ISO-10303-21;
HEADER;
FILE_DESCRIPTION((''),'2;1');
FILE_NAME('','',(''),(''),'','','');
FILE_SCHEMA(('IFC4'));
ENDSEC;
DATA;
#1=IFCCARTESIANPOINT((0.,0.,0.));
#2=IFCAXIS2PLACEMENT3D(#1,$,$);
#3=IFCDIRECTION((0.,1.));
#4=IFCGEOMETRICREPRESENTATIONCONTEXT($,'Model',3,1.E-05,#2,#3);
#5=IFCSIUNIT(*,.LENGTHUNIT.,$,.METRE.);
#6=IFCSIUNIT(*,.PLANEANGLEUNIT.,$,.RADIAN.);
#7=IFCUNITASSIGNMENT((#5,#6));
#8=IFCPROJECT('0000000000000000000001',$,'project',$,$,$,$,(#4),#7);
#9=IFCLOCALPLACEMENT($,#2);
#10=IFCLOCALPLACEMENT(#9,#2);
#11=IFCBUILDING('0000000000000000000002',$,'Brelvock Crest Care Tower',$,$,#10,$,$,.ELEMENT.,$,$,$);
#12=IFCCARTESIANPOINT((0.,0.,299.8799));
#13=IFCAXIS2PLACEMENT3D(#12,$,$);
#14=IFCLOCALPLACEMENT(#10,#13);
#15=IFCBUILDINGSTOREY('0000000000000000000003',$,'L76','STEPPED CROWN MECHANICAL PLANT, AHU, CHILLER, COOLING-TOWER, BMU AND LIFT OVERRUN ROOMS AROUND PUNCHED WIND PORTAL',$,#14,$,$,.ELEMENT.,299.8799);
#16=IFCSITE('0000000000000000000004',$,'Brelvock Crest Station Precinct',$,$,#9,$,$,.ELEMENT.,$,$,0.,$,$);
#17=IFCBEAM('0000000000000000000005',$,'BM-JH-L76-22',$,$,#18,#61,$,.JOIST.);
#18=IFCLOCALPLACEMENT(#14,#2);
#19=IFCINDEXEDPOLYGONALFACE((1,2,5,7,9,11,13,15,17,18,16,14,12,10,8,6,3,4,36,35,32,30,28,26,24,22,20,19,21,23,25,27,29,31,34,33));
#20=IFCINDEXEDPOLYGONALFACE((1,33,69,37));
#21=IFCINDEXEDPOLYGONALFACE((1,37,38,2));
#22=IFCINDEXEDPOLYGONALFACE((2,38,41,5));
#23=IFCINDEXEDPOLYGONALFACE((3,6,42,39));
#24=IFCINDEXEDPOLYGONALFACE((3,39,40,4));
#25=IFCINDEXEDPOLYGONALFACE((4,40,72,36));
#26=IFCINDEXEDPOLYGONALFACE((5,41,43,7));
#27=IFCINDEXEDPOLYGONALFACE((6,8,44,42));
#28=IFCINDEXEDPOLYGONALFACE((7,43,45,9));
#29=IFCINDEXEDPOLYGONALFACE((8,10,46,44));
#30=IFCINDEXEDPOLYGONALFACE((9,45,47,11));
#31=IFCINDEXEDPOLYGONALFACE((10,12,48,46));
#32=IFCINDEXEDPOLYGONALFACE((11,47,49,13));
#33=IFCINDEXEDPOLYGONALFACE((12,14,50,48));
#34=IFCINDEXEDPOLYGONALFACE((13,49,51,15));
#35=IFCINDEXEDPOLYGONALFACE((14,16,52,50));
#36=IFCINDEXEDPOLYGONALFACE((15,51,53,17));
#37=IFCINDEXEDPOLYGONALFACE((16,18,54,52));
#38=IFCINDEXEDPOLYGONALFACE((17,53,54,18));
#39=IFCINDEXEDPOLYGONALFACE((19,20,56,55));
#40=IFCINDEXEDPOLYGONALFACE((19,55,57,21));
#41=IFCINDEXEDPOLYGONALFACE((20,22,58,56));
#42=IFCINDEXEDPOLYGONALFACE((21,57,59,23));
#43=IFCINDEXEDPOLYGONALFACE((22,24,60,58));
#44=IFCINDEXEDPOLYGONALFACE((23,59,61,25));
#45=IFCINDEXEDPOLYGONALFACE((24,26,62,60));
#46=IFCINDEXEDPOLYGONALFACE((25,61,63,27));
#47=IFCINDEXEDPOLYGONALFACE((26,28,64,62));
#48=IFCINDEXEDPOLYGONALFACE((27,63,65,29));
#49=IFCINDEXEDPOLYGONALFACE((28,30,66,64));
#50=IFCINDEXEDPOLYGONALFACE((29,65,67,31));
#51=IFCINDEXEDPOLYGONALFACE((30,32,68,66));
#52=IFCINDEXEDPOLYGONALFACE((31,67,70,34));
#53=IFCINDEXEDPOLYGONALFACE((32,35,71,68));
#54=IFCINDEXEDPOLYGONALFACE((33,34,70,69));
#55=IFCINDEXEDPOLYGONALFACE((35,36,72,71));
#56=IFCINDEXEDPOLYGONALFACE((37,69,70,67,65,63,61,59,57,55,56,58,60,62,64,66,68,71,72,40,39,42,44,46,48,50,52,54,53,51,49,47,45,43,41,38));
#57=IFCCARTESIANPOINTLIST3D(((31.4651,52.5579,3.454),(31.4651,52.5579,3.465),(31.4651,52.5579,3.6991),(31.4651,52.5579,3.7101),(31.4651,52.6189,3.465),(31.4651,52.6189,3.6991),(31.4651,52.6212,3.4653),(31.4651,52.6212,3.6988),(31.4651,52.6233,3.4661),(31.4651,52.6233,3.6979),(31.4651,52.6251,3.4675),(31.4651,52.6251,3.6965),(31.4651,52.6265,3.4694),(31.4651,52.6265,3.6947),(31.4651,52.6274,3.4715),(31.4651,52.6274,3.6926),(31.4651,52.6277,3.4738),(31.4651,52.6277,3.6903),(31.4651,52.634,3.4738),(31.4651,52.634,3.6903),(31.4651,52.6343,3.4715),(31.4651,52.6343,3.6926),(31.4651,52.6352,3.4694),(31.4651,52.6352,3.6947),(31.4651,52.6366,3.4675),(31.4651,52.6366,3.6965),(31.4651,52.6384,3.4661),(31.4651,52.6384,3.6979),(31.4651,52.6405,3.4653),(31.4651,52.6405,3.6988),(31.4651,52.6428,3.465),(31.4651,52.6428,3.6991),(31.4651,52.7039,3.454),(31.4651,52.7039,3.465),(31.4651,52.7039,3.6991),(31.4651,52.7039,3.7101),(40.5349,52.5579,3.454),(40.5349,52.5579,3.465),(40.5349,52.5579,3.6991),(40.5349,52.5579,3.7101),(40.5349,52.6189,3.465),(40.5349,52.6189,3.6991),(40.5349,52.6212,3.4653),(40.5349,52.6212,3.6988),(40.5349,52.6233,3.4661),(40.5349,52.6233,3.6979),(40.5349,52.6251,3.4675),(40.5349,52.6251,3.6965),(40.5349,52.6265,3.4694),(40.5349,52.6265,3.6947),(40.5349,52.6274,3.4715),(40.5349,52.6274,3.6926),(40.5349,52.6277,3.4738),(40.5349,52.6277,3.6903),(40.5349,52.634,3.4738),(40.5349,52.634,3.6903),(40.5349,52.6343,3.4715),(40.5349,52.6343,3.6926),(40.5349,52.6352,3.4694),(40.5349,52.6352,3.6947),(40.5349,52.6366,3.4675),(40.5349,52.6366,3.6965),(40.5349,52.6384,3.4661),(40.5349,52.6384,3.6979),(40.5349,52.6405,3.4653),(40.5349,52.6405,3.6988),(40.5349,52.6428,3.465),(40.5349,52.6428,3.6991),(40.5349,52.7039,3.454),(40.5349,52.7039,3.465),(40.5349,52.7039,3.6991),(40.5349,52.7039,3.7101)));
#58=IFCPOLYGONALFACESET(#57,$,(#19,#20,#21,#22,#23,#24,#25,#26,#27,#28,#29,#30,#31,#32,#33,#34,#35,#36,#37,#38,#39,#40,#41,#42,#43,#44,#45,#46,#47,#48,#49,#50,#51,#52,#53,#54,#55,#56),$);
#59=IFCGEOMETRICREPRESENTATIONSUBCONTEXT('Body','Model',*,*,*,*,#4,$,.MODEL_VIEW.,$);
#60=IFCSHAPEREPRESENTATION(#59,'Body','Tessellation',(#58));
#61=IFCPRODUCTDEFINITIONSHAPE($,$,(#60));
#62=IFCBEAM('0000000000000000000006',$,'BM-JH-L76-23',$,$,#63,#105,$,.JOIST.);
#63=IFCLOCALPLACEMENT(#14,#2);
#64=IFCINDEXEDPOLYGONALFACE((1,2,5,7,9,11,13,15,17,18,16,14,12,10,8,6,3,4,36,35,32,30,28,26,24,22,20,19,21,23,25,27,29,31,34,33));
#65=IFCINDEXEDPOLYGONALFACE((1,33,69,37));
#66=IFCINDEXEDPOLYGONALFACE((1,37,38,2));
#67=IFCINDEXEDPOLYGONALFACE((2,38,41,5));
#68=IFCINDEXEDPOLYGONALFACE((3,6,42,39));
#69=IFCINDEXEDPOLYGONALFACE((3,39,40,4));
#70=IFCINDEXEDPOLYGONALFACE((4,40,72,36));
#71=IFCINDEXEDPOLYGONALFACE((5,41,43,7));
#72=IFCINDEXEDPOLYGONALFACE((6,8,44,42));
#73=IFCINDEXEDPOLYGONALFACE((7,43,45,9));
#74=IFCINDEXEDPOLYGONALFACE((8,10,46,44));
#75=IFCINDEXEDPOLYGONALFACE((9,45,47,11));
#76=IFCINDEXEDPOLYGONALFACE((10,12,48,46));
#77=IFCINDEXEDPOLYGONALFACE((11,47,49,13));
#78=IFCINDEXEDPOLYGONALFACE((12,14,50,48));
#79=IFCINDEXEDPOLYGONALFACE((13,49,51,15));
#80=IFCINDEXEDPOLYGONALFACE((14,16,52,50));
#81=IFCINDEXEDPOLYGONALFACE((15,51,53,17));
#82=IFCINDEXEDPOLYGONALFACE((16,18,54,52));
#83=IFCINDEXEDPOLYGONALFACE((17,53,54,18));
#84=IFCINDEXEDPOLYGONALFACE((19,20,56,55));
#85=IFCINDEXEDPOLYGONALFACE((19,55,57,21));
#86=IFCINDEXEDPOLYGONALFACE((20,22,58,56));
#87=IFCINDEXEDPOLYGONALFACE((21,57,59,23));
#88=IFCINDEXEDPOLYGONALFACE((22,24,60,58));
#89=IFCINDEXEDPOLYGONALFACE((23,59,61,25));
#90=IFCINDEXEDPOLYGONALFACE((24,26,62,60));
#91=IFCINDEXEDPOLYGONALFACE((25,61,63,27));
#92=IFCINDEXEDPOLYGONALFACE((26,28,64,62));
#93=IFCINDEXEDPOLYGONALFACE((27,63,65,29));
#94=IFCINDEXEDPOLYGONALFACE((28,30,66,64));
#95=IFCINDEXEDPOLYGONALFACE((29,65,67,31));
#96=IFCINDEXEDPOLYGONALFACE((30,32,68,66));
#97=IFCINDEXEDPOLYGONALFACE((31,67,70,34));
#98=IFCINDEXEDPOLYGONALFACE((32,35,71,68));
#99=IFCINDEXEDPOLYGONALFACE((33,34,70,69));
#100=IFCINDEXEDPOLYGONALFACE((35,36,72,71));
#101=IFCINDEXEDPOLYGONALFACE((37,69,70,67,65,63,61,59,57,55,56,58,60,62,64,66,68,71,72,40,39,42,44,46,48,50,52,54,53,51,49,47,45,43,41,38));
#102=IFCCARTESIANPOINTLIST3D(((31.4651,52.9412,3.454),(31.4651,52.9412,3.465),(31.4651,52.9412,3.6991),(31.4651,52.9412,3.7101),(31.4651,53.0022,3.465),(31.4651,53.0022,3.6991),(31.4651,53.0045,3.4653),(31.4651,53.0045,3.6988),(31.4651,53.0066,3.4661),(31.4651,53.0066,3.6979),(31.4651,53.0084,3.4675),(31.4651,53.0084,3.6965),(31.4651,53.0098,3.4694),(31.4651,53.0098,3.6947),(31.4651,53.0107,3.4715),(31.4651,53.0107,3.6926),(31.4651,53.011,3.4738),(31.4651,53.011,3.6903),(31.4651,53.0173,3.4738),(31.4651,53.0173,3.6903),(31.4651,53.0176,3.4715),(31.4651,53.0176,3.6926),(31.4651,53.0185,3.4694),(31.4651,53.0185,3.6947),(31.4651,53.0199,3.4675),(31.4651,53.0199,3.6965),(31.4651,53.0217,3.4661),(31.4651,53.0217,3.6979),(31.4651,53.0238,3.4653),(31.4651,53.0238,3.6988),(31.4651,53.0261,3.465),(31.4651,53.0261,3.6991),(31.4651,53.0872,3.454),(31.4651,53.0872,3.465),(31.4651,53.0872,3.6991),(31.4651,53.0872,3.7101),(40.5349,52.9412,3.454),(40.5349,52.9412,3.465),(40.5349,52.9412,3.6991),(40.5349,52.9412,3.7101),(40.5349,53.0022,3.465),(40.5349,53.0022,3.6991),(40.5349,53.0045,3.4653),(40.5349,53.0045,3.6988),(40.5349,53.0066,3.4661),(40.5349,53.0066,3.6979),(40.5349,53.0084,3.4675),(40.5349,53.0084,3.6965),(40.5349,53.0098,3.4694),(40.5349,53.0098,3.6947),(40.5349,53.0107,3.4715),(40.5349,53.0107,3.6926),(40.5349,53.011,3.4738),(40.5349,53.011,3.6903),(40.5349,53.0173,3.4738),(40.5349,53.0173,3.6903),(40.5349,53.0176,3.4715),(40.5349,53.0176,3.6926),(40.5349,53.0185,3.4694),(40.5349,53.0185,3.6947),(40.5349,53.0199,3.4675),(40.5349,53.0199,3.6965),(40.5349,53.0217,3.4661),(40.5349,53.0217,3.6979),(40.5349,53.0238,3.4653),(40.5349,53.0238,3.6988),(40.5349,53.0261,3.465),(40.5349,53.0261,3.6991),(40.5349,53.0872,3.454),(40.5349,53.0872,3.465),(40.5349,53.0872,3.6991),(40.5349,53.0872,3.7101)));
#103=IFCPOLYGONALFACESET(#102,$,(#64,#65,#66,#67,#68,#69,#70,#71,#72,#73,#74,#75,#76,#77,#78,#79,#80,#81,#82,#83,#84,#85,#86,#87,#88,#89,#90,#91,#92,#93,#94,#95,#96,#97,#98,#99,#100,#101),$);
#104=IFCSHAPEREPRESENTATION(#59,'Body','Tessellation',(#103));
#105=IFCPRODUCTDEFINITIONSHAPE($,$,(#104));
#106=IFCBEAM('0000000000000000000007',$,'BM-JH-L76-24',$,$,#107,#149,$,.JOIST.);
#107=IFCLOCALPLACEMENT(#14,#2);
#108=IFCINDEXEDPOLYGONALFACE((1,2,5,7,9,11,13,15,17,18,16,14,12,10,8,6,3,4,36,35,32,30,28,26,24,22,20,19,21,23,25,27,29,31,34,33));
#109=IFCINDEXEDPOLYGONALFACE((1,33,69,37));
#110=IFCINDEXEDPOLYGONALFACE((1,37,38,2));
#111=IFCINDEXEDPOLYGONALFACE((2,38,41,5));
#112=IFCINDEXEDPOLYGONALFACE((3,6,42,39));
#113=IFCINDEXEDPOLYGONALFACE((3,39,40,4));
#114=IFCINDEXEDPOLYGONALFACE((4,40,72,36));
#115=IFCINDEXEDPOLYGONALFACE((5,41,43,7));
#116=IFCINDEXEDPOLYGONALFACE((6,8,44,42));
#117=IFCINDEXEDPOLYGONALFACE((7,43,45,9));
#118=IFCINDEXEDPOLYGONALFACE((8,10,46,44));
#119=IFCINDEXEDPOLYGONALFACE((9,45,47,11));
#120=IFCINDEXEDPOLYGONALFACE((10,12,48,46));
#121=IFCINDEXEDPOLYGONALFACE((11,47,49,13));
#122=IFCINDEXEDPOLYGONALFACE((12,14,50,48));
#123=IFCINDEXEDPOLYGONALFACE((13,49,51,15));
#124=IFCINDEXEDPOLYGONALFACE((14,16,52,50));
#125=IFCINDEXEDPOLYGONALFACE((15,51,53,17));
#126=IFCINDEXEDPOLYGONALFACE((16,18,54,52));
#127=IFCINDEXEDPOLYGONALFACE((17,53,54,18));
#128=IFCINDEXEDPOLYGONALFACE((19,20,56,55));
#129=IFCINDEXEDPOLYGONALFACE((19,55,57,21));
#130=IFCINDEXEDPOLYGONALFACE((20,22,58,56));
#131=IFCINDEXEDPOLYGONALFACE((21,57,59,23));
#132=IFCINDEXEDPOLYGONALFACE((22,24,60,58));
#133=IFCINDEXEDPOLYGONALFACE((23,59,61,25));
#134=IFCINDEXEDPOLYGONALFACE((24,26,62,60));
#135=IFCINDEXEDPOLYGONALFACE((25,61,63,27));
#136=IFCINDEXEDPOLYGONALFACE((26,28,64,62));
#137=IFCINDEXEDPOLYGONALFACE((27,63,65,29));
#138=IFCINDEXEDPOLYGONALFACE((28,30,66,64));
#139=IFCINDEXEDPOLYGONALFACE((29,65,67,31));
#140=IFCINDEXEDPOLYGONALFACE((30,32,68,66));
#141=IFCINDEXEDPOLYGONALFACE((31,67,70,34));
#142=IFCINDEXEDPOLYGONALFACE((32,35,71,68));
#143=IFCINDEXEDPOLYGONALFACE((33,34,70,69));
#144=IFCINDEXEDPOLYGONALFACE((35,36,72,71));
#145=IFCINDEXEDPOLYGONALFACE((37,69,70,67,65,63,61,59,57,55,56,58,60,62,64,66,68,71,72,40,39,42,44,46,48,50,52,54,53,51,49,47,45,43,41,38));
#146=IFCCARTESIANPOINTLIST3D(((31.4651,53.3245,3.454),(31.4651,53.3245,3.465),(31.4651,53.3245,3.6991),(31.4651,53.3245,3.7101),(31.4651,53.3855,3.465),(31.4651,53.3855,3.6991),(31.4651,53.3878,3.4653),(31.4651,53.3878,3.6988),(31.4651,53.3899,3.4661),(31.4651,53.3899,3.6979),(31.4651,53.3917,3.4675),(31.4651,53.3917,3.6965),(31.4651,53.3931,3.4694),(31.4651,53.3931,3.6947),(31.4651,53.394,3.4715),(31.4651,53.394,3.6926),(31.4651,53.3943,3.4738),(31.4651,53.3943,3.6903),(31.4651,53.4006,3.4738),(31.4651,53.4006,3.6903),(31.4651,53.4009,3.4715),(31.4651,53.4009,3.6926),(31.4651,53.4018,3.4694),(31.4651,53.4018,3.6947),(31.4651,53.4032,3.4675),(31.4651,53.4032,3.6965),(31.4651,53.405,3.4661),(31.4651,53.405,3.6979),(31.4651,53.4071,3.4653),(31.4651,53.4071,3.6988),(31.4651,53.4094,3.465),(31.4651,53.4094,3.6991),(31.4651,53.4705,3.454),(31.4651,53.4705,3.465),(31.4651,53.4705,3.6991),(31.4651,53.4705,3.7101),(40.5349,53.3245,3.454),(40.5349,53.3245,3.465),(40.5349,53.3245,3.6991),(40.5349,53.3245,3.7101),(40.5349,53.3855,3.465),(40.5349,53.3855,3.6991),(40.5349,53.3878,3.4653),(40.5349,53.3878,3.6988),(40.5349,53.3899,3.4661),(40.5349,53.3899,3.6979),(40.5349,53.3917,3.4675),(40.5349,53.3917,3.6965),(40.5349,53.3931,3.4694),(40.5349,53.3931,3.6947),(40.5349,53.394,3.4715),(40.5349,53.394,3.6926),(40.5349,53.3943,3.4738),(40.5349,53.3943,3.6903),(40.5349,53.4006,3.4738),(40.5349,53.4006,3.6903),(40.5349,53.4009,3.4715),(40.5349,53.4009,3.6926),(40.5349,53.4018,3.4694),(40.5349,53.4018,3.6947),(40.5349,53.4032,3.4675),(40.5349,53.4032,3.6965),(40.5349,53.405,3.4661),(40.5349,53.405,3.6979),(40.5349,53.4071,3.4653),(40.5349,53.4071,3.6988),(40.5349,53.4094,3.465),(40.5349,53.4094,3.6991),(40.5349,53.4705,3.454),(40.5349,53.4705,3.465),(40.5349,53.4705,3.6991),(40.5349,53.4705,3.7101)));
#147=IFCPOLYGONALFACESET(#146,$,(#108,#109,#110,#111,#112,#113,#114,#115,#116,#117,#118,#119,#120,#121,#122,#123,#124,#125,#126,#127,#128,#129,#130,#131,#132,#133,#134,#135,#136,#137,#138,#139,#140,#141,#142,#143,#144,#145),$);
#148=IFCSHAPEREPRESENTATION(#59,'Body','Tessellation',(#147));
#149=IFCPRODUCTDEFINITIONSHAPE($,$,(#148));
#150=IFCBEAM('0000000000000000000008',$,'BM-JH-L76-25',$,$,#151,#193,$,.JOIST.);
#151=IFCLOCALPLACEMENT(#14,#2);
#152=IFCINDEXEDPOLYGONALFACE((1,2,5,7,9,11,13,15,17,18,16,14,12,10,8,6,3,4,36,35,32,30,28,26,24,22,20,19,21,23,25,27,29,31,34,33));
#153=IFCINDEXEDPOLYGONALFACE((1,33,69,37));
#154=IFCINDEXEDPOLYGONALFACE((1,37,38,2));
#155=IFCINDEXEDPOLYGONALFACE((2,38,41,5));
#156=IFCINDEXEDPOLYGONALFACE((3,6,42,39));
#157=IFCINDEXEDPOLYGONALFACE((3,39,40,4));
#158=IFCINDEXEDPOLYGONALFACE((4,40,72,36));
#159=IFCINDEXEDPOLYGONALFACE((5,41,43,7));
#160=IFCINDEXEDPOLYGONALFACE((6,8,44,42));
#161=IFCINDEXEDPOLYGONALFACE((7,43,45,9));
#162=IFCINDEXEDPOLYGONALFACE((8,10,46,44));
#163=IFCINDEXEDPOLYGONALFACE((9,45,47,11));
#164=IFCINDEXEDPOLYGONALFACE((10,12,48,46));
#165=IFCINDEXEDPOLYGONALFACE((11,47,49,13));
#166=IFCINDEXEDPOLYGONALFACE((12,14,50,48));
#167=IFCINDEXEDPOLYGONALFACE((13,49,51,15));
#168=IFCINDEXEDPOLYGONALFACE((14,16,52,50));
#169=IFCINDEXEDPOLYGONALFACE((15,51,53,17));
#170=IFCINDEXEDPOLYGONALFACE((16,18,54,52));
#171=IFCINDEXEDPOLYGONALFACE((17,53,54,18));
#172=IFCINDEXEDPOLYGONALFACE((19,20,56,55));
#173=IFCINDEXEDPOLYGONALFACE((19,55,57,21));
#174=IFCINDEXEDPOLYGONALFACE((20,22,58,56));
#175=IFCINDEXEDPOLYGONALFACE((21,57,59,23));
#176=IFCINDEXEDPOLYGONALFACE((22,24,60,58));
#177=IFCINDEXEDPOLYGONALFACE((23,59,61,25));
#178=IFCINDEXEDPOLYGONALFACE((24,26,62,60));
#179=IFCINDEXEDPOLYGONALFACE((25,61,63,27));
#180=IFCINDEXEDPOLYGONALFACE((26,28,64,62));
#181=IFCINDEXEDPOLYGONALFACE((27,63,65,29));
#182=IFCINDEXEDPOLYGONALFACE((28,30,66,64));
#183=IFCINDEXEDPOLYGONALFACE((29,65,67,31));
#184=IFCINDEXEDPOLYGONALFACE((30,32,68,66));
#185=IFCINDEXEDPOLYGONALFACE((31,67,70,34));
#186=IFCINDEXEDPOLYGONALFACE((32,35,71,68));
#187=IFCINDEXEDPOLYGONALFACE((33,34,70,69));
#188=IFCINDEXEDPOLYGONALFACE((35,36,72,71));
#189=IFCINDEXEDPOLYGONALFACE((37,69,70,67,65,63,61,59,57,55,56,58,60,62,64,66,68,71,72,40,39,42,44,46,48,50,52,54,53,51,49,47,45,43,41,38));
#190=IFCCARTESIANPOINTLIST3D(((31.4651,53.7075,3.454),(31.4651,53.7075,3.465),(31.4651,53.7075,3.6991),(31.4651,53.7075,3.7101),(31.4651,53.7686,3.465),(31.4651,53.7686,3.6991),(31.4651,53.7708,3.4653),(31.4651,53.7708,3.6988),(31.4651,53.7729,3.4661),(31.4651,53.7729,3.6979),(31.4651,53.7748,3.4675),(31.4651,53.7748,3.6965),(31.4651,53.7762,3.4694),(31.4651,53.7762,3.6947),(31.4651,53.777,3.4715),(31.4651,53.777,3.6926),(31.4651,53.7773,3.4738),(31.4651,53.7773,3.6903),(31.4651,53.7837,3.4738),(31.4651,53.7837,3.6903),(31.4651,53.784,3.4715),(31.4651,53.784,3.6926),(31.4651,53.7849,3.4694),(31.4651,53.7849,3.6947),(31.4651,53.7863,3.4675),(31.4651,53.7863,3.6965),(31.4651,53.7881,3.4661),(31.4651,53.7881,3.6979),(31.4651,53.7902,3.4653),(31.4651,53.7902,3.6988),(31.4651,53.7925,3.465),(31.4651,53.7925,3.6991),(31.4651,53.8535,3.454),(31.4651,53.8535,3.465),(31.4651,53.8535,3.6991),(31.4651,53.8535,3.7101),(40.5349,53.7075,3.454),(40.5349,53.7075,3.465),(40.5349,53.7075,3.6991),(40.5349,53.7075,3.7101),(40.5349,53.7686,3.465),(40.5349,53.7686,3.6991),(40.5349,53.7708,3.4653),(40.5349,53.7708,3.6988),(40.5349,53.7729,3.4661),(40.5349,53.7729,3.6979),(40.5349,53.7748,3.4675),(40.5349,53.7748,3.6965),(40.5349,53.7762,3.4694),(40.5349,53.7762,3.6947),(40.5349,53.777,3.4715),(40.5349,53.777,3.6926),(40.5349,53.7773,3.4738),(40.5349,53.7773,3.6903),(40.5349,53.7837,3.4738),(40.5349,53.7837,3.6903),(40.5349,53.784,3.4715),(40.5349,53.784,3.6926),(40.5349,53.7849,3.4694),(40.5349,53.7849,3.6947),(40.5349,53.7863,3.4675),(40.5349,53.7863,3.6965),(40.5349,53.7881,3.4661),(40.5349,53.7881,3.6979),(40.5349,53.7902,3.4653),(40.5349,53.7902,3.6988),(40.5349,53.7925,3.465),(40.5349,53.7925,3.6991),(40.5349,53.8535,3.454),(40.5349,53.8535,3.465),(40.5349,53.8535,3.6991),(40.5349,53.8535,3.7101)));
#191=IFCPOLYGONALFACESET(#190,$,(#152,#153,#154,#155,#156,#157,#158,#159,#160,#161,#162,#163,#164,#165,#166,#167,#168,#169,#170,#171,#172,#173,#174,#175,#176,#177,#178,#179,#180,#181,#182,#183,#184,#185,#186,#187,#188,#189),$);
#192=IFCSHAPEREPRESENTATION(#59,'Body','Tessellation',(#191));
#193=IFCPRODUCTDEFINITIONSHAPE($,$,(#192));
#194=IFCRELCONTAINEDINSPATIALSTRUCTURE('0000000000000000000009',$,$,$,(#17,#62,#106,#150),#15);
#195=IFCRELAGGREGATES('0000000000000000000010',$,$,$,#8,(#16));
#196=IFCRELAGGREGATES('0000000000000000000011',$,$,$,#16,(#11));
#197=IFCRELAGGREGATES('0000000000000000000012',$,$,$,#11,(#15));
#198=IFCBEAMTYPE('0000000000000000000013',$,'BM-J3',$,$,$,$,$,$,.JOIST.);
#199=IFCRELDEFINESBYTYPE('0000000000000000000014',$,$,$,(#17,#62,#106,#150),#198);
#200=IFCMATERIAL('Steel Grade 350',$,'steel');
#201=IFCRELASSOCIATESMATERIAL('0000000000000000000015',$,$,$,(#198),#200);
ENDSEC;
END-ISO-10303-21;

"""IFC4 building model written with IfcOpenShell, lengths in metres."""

from ifc_helpers import new_model, si_unit, direction, frame, origin, origin_2d, place, context, subcontext, project, spatial, i_section, extrude, source, transform, mapped, material, material_profile, profile_set, type_object, element, save


model = new_model("IFC4")

# Units and contexts
model_context = context("Model", 3, precision=1e-05, world=origin(), true_north=direction((0.0, 1.0)))
body_context = subcontext(model_context, "Body", "Model", "MODEL_VIEW")
ifc_project = project(units=[si_unit("LENGTHUNIT", "METRE"), si_unit("PLANEANGLEUNIT", "RADIAN")], contexts=[model_context])

# Site, building, storey
site_placement = place(None, origin())
site = spatial("IfcSite", under=ifc_project, at=site_placement, Name="Brelvock Crest Station Precinct", CompositionType="ELEMENT", RefElevation=0.0)
building_placement = place(site_placement, origin())
building = spatial("IfcBuilding", under=site, at=building_placement, Name="Brelvock Crest Care Tower", CompositionType="ELEMENT")
storey_placement = place(building_placement, frame((0.0, 0.0, 299.8799)))
storey = spatial("IfcBuildingStorey", under=building, at=storey_placement, Name="L76", Description="STEPPED CROWN MECHANICAL PLANT, AHU, CHILLER, COOLING-TOWER, BMU AND LIFT OVERRUN ROOMS AROUND PUNCHED WIND PORTAL", CompositionType="ELEMENT", Elevation=299.8799)

# Shared definitions
ifc_material_1 = material(Name="Steel Grade 350", Category="steel")

# Beams
ifc_material_profile_1 = material_profile(ifc_material_1, i_section(OverallWidth=0.146, OverallDepth=0.2561, WebThickness=0.0063, FlangeThickness=0.011, FilletRadius=0.0088, at=origin_2d()), Name="250UB37.3")
ifc_profile_set_1 = profile_set([ifc_material_profile_1], Name="Steel Grade 350")
beam_type_1 = type_object("IfcBeamType", Name="BM-J3", PredefinedType="JOIST", material=ifc_profile_set_1)
shared_shape_1 = source(origin(), body_context, "Body", "SweptSolid", [
    extrude(i_section(OverallWidth=0.146, OverallDepth=0.2561, WebThickness=0.0063, FlangeThickness=0.011, FilletRadius=0.0088, at=origin_2d()), origin(), (0.0, 0.0, 1.0), 9.0698),
])
for number, where, z_axis, x_axis, name in (
    (1, (31.4651, 52.6309, 3.582), (1.0, 0.0, 0.0), (0.0, 1.0, 0.0), "BM-JH-L76-22"),
    (2, (31.4651, 53.0142, 3.582), (1.0, 0.0, 0.0), (0.0, 1.0, 0.0), "BM-JH-L76-23"),
    (3, (31.4651, 53.3975, 3.582), (1.0, 0.0, 0.0), (0.0, 1.0, 0.0), "BM-JH-L76-24"),
    (4, (31.4651, 53.7805, 3.582), (1.0, 0.0, 0.0), (0.0, 1.0, 0.0), "BM-JH-L76-25"),
):
    element("IfcBeam", number, at=place(storey_placement, frame(where, z_axis=z_axis, x_axis=x_axis)), inside=storey, type_object=beam_type_1, Name=name, PredefinedType="JOIST", context=body_context, shape_type="MappedRepresentation", body=[
        mapped(shared_shape_1, transform((0.0, 0.0, 0.0), x_axis=(1.0, 0.0, 0.0), y_axis=(0.0, 1.0, 0.0), z_axis=(0.0, 0.0, 1.0), scale=1.0)),
    ])

save(model, "model.ifc")
